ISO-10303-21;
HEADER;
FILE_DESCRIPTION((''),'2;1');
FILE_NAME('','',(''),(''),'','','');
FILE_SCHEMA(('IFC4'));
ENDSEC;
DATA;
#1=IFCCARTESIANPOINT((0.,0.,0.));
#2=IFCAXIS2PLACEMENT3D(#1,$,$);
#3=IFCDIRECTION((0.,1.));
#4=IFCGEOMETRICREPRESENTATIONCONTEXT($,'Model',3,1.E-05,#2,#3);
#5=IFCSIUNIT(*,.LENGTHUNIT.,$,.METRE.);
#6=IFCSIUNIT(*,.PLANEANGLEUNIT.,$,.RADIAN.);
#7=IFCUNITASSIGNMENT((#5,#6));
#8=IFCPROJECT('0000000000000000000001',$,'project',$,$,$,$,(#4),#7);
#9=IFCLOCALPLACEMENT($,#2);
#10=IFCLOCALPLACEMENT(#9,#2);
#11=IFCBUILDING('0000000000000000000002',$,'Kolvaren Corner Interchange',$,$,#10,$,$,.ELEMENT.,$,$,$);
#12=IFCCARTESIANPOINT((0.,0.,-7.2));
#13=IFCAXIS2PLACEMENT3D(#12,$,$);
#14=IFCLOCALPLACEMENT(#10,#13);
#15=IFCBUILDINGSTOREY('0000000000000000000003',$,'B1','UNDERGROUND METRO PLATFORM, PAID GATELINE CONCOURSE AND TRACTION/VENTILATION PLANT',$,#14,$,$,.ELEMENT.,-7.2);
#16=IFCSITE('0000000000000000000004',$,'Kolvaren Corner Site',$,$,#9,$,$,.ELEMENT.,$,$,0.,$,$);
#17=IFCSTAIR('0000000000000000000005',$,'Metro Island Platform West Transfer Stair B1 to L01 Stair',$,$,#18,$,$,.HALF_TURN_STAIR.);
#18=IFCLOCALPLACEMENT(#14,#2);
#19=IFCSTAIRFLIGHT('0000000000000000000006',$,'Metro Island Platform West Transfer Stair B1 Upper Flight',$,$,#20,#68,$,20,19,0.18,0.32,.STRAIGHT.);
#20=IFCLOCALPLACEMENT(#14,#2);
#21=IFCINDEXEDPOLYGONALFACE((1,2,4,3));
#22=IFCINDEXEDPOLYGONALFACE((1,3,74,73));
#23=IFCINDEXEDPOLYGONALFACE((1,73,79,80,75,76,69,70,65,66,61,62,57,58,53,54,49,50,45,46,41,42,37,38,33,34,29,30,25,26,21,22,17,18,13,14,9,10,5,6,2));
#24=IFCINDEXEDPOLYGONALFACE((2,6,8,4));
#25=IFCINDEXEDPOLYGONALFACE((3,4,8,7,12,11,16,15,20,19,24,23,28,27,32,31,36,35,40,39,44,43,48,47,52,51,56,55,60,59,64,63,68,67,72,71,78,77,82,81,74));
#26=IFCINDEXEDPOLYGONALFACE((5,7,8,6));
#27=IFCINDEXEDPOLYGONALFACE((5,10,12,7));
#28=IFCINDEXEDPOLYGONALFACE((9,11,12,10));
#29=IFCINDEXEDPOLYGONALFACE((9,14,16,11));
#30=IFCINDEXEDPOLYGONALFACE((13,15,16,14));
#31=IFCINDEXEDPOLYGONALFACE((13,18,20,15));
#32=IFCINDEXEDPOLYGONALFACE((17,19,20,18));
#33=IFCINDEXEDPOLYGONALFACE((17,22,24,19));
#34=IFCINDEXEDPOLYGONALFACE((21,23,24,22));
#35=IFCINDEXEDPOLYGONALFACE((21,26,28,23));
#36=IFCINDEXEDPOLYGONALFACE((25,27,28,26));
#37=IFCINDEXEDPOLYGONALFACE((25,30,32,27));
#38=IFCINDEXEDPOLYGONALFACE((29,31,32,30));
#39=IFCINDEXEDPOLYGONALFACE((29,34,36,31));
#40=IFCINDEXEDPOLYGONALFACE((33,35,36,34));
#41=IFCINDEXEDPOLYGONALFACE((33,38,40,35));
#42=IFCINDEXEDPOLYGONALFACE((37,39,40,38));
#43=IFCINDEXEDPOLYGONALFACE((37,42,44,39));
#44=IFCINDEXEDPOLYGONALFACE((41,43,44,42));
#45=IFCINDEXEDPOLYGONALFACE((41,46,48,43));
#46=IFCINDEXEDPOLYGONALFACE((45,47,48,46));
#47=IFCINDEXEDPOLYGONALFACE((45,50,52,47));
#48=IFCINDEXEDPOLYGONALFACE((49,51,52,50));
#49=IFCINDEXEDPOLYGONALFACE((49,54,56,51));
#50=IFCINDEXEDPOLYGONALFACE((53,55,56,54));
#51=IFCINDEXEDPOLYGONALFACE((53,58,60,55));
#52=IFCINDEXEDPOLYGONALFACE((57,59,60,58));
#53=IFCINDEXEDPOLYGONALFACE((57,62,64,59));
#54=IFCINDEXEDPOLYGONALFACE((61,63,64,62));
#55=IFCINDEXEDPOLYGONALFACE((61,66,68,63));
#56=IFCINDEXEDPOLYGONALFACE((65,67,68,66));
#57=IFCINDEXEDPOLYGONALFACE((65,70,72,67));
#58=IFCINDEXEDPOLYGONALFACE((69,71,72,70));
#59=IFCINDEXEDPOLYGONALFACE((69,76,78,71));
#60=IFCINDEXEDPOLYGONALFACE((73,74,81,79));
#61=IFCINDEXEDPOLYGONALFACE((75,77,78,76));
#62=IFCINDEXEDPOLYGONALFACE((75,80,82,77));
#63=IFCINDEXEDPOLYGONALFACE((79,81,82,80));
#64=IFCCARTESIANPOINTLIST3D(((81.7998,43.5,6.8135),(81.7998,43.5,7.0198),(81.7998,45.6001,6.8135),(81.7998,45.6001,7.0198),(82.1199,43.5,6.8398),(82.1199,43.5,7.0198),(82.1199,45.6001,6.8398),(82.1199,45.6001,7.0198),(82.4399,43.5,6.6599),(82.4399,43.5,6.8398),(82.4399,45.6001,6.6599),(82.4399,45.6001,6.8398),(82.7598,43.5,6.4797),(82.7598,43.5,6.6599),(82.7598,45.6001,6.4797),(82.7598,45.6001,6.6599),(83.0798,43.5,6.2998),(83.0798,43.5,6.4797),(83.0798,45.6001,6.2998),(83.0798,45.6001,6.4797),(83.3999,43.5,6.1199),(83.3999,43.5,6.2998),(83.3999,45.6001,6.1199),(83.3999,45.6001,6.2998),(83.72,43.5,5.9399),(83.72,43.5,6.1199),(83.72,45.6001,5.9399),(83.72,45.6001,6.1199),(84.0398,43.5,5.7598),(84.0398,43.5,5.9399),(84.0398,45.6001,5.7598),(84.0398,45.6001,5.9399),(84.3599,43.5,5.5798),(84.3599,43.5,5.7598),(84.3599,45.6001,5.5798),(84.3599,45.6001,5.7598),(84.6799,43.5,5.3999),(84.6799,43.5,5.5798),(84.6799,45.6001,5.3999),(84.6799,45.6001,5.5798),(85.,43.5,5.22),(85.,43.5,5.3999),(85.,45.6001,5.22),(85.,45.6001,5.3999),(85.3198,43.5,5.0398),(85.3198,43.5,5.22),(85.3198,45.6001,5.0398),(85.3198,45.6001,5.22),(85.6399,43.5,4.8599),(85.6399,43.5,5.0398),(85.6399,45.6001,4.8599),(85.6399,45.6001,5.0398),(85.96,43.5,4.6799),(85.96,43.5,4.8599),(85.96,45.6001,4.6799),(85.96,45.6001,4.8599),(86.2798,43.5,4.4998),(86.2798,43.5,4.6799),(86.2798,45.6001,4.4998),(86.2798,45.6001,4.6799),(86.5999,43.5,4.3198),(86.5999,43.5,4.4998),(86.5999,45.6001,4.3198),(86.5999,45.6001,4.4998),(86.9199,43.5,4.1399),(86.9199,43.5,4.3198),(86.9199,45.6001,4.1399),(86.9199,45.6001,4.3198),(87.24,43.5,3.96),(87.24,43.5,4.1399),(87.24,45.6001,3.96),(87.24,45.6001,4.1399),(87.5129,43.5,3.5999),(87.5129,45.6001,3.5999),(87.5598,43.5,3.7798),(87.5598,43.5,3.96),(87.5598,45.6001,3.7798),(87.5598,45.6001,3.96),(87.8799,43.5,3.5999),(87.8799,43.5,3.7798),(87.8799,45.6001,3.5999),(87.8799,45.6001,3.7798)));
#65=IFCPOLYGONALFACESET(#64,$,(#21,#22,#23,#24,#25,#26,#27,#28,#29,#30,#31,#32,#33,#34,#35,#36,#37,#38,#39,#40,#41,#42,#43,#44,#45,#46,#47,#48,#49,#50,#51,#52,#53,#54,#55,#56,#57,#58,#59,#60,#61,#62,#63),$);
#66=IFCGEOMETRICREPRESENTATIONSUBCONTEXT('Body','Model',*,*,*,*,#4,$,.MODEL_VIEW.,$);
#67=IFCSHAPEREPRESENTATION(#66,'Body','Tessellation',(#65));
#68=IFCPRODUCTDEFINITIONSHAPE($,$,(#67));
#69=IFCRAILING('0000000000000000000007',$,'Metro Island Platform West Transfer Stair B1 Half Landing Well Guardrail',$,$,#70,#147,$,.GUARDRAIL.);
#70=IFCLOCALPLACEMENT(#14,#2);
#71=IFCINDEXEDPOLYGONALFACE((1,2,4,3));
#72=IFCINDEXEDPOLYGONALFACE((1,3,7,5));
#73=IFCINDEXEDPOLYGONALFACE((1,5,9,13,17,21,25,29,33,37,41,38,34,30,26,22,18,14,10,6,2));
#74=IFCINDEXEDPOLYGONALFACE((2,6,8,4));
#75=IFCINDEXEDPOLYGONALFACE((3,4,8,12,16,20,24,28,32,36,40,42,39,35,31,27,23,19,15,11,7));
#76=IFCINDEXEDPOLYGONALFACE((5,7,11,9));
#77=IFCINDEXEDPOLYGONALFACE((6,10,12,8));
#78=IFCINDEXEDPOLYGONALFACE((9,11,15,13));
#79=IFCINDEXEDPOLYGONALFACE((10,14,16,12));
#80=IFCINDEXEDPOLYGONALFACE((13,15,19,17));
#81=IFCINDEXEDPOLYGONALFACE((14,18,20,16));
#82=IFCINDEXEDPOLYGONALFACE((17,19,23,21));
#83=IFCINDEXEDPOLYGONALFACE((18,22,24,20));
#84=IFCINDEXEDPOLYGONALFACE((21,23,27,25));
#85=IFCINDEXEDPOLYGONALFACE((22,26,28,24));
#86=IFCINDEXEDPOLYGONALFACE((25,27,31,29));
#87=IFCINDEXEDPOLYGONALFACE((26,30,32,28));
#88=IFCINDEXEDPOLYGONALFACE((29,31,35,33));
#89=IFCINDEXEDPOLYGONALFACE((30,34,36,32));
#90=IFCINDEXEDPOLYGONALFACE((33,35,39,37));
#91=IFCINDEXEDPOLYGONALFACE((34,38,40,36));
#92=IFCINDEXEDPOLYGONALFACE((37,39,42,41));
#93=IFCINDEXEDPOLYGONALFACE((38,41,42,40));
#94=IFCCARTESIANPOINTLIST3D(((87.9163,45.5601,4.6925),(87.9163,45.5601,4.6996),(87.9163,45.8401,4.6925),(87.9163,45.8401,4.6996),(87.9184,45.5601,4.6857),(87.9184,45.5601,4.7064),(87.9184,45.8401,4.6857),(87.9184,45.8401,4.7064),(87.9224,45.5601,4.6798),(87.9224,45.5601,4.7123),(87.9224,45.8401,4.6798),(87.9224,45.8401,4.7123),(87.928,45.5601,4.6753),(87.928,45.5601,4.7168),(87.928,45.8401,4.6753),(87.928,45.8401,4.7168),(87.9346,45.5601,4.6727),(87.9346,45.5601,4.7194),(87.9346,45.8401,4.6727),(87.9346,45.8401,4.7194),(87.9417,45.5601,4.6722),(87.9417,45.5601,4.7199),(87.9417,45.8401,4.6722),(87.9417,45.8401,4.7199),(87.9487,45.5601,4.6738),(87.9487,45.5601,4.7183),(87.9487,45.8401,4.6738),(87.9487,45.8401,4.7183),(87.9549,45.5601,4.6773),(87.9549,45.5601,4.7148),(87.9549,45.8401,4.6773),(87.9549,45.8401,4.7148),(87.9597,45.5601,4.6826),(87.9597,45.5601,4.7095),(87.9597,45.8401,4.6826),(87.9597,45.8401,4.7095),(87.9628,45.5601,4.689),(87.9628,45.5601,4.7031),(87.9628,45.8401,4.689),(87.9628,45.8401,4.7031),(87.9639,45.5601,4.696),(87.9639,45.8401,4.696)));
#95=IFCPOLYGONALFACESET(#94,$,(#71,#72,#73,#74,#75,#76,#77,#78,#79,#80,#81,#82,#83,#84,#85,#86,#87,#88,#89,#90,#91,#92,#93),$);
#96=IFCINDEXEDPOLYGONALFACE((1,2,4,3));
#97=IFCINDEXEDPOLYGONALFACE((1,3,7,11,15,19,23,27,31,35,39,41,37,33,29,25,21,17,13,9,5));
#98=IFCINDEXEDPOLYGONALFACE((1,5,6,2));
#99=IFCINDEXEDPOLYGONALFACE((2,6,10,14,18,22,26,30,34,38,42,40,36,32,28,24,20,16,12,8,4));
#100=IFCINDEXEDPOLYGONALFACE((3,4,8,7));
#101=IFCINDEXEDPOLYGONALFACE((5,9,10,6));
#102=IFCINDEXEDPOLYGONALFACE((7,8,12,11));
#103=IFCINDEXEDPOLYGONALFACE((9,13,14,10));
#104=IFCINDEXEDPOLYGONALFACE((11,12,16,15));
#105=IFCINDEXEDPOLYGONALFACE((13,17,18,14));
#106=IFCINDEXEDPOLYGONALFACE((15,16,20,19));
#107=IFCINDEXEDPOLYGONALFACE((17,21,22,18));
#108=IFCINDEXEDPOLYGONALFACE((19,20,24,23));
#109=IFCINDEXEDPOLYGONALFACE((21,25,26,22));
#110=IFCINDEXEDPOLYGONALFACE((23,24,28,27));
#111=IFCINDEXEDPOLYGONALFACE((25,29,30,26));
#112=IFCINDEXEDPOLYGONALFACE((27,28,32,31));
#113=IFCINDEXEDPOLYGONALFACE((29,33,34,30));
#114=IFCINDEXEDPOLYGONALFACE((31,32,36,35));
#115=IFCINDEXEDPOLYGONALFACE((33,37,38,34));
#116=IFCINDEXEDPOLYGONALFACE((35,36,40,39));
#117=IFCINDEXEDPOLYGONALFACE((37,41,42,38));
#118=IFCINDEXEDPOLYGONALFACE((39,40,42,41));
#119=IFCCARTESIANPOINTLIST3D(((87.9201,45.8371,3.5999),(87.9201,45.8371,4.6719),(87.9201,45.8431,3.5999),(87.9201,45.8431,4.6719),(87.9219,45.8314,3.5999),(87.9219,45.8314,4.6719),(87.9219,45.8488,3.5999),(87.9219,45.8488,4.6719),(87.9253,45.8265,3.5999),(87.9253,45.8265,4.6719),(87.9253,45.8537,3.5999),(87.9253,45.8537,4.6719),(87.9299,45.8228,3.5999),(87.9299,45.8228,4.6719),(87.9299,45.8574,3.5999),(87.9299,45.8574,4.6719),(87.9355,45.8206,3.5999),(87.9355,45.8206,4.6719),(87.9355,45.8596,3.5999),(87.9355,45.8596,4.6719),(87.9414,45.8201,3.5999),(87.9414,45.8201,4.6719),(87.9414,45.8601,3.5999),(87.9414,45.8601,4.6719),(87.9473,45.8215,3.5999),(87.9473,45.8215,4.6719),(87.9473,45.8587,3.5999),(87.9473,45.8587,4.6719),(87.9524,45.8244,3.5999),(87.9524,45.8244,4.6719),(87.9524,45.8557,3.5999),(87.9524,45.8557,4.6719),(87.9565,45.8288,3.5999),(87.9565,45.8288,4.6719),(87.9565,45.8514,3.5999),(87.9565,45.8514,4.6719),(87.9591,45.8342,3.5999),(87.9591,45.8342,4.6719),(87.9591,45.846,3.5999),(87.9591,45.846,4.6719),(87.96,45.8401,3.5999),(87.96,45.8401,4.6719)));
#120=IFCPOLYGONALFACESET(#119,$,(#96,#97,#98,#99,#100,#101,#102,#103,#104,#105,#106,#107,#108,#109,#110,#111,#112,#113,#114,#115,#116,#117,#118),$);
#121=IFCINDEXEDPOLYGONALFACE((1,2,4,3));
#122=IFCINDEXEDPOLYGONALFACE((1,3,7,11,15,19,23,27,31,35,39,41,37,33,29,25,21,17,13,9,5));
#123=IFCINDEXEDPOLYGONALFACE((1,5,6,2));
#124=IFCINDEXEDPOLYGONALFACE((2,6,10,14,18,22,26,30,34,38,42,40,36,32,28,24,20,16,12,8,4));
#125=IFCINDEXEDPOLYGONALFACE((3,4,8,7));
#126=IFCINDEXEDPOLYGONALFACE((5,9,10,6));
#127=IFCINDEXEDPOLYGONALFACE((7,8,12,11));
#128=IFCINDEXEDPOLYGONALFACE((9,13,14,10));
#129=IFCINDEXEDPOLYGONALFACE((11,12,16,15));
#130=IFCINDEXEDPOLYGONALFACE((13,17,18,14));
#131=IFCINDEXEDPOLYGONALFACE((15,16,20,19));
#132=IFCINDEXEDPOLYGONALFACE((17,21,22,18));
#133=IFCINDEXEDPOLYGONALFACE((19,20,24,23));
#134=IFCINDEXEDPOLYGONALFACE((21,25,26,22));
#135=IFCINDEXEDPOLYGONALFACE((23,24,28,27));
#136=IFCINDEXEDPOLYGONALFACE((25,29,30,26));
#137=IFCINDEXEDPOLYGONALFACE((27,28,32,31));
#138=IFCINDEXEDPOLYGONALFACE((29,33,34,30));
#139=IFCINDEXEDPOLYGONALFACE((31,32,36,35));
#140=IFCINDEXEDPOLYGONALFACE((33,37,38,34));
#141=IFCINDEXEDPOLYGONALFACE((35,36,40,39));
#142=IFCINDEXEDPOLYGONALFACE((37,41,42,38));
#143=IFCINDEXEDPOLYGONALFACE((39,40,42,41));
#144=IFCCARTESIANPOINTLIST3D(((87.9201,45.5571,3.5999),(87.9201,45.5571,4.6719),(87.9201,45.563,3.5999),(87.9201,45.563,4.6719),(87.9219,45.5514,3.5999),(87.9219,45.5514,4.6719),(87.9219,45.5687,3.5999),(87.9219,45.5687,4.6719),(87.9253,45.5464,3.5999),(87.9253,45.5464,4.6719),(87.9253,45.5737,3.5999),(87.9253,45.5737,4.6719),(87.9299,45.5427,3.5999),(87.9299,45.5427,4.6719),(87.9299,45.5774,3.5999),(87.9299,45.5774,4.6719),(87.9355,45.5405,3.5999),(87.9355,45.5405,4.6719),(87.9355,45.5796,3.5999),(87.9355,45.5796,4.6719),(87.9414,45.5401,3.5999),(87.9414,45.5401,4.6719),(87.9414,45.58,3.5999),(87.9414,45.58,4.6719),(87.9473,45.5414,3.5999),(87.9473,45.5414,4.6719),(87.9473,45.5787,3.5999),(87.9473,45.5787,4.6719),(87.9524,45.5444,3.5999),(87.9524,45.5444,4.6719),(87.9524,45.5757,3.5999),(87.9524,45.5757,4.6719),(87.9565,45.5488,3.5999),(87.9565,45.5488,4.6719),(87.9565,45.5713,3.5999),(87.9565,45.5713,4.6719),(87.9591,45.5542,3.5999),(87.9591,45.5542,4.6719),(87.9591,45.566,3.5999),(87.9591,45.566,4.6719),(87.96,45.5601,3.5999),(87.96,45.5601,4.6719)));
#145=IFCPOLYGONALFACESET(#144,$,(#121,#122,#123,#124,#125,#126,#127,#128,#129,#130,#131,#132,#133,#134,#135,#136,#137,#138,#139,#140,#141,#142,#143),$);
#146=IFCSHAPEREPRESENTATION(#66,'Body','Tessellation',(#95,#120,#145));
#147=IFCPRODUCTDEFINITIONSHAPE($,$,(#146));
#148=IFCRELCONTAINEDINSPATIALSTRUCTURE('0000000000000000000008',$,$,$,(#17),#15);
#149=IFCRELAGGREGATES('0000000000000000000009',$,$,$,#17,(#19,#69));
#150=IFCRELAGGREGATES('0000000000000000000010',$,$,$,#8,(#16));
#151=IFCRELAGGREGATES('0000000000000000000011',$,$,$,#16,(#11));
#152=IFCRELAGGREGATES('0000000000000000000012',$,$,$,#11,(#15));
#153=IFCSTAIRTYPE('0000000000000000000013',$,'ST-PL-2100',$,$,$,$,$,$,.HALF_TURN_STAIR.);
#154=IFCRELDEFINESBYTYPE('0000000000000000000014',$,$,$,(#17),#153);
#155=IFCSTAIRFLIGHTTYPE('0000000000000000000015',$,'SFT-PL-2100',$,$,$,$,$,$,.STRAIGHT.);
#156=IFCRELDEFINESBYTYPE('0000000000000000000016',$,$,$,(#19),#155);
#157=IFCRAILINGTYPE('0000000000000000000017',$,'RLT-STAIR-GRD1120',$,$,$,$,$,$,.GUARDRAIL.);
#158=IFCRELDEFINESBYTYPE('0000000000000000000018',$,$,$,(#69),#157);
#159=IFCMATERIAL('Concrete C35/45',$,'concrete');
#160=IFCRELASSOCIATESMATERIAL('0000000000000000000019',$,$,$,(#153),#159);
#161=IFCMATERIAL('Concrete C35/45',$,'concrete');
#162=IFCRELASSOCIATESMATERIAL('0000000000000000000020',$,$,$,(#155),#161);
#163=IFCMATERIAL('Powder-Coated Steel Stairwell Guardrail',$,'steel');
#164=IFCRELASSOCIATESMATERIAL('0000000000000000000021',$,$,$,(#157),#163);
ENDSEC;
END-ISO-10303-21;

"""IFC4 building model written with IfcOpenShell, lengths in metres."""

from ifc_helpers import new_model, si_unit, direction, frame, origin, origin_2d, place, context, subcontext, project, spatial, polyline, circle, outline, extrude, material, type_object, element, aggregate, save


model = new_model("IFC4")

# Units and contexts
model_context = context("Model", 3, precision=1e-05, world=origin(), true_north=direction((0.0, 1.0)))
body_context = subcontext(model_context, "Body", "Model", "MODEL_VIEW")
ifc_project = project(units=[si_unit("LENGTHUNIT", "METRE"), si_unit("PLANEANGLEUNIT", "RADIAN")], contexts=[model_context])

# Site, building, storey
site_placement = place(None, origin())
site = spatial("IfcSite", under=ifc_project, at=site_placement, Name="Kolvaren Corner Site", CompositionType="ELEMENT", RefElevation=0.0)
building_placement = place(site_placement, origin())
building = spatial("IfcBuilding", under=site, at=building_placement, Name="Kolvaren Corner Interchange", CompositionType="ELEMENT")
storey_placement = place(building_placement, frame((0.0, 0.0, -7.2)))
storey = spatial("IfcBuildingStorey", under=building, at=storey_placement, Name="B1", Description="UNDERGROUND METRO PLATFORM, PAID GATELINE CONCOURSE AND TRACTION/VENTILATION PLANT", CompositionType="ELEMENT", Elevation=-7.2)

# Stair, stair flight, railing
ifc_material_1 = material(Name="Concrete C35/45", Category="concrete")
stair_type = type_object("IfcStairType", Name="ST-PL-2100", PredefinedType="HALF_TURN_STAIR", material=ifc_material_1)
stair_placement = place(storey_placement, origin())
stair = element("IfcStair", 1, at=stair_placement, inside=storey, type_object=stair_type, Name="Metro Island Platform West Transfer Stair B1 to L01 Stair", PredefinedType="HALF_TURN_STAIR")
ifc_material_2 = material(Name="Concrete C35/45", Category="concrete")
stair_flight_type = type_object("IfcStairFlightType", Name="SFT-PL-2100", PredefinedType="STRAIGHT", material=ifc_material_2)
stair_flight_placement = place(storey_placement, frame((87.8799, 44.55, 3.5999), z_axis=(0.0, 0.0, 1.0), x_axis=(-1.0, 0.0, 0.0)))
stair_flight = element("IfcStairFlight", 2, at=stair_flight_placement, type_object=stair_flight_type, Name="Metro Island Platform West Transfer Stair B1 Upper Flight", NumberOfRisers=20, NumberOfTreads=19, PredefinedType="STRAIGHT", RiserHeight=0.18, TreadLength=0.32, context=body_context, shape_type="SweptSolid", body=[
    extrude(outline(polyline([(0.0, 0.0), (0.0, 0.1799), (0.3201, 0.1799), (0.3201, 0.3601), (0.6399, 0.3601), (0.6399, 0.54), (0.96, 0.54), (0.96, 0.72), (1.28, 0.72), (1.28, 0.8999), (1.6001, 0.8999), (1.6001, 1.0801), (1.9199, 1.0801), (1.9199, 1.26), (2.24, 1.26), (2.24, 1.4399), (2.5601, 1.4399), (2.5601, 1.6201), (2.8799, 1.6201), (2.8799, 1.8), (3.2, 1.8), (3.2, 1.98), (3.52, 1.98), (3.52, 2.1599), (3.8401, 2.1599), (3.8401, 2.3401), (4.1599, 2.3401), (4.1599, 2.52), (4.48, 2.52), (4.48, 2.7), (4.8, 2.7), (4.8, 2.8799), (5.1201, 2.8799), (5.1201, 3.0601), (5.4399, 3.0601), (5.4399, 3.24), (5.76, 3.24), (5.76, 3.4199), (6.0801, 3.4199), (6.0801, 3.6001), (6.0801, 3.2136), (0.3669, 0.0), (0.0, 0.0)])), frame((0.0, 1.05, 0.0), z_axis=(0.0, -1.0, 0.0), x_axis=(1.0, 0.0, 0.0)), (0.0, 0.0, 1.0), 2.1001),
])
ifc_material_3 = material(Name="Powder-Coated Steel Stairwell Guardrail", Category="steel")
railing_type_1 = type_object("IfcRailingType", Name="RLT-STAIR-GRD1120", PredefinedType="GUARDRAIL", material=ifc_material_3)
railing_1_placement = place(storey_placement, frame((87.9399, 45.8401, 3.5999)))
railing_1 = element("IfcRailing", 3, at=railing_1_placement, type_object=railing_type_1, Name="Metro Island Platform West Transfer Stair B1 Half Landing Well Guardrail", PredefinedType="GUARDRAIL", context=body_context, shape_type="SweptSolid", body=[
    extrude(circle(Radius=0.0239, at=origin_2d()), frame((0.0, 0.0, 1.0962), z_axis=(0.0, -1.0, 0.0), x_axis=(1.0, 0.0, 0.0)), (0.0, 0.0, 1.0), 0.28),
    extrude(circle(Radius=0.02, at=origin_2d()), origin(), (0.0, 0.0, 1.0), 1.072),
    extrude(circle(Radius=0.02, at=origin_2d()), frame((0.0, -0.28, 0.0)), (0.0, 0.0, 1.0), 1.072),
])
aggregate(stair, [stair_flight, railing_1])

save(model, "model.ifc")
